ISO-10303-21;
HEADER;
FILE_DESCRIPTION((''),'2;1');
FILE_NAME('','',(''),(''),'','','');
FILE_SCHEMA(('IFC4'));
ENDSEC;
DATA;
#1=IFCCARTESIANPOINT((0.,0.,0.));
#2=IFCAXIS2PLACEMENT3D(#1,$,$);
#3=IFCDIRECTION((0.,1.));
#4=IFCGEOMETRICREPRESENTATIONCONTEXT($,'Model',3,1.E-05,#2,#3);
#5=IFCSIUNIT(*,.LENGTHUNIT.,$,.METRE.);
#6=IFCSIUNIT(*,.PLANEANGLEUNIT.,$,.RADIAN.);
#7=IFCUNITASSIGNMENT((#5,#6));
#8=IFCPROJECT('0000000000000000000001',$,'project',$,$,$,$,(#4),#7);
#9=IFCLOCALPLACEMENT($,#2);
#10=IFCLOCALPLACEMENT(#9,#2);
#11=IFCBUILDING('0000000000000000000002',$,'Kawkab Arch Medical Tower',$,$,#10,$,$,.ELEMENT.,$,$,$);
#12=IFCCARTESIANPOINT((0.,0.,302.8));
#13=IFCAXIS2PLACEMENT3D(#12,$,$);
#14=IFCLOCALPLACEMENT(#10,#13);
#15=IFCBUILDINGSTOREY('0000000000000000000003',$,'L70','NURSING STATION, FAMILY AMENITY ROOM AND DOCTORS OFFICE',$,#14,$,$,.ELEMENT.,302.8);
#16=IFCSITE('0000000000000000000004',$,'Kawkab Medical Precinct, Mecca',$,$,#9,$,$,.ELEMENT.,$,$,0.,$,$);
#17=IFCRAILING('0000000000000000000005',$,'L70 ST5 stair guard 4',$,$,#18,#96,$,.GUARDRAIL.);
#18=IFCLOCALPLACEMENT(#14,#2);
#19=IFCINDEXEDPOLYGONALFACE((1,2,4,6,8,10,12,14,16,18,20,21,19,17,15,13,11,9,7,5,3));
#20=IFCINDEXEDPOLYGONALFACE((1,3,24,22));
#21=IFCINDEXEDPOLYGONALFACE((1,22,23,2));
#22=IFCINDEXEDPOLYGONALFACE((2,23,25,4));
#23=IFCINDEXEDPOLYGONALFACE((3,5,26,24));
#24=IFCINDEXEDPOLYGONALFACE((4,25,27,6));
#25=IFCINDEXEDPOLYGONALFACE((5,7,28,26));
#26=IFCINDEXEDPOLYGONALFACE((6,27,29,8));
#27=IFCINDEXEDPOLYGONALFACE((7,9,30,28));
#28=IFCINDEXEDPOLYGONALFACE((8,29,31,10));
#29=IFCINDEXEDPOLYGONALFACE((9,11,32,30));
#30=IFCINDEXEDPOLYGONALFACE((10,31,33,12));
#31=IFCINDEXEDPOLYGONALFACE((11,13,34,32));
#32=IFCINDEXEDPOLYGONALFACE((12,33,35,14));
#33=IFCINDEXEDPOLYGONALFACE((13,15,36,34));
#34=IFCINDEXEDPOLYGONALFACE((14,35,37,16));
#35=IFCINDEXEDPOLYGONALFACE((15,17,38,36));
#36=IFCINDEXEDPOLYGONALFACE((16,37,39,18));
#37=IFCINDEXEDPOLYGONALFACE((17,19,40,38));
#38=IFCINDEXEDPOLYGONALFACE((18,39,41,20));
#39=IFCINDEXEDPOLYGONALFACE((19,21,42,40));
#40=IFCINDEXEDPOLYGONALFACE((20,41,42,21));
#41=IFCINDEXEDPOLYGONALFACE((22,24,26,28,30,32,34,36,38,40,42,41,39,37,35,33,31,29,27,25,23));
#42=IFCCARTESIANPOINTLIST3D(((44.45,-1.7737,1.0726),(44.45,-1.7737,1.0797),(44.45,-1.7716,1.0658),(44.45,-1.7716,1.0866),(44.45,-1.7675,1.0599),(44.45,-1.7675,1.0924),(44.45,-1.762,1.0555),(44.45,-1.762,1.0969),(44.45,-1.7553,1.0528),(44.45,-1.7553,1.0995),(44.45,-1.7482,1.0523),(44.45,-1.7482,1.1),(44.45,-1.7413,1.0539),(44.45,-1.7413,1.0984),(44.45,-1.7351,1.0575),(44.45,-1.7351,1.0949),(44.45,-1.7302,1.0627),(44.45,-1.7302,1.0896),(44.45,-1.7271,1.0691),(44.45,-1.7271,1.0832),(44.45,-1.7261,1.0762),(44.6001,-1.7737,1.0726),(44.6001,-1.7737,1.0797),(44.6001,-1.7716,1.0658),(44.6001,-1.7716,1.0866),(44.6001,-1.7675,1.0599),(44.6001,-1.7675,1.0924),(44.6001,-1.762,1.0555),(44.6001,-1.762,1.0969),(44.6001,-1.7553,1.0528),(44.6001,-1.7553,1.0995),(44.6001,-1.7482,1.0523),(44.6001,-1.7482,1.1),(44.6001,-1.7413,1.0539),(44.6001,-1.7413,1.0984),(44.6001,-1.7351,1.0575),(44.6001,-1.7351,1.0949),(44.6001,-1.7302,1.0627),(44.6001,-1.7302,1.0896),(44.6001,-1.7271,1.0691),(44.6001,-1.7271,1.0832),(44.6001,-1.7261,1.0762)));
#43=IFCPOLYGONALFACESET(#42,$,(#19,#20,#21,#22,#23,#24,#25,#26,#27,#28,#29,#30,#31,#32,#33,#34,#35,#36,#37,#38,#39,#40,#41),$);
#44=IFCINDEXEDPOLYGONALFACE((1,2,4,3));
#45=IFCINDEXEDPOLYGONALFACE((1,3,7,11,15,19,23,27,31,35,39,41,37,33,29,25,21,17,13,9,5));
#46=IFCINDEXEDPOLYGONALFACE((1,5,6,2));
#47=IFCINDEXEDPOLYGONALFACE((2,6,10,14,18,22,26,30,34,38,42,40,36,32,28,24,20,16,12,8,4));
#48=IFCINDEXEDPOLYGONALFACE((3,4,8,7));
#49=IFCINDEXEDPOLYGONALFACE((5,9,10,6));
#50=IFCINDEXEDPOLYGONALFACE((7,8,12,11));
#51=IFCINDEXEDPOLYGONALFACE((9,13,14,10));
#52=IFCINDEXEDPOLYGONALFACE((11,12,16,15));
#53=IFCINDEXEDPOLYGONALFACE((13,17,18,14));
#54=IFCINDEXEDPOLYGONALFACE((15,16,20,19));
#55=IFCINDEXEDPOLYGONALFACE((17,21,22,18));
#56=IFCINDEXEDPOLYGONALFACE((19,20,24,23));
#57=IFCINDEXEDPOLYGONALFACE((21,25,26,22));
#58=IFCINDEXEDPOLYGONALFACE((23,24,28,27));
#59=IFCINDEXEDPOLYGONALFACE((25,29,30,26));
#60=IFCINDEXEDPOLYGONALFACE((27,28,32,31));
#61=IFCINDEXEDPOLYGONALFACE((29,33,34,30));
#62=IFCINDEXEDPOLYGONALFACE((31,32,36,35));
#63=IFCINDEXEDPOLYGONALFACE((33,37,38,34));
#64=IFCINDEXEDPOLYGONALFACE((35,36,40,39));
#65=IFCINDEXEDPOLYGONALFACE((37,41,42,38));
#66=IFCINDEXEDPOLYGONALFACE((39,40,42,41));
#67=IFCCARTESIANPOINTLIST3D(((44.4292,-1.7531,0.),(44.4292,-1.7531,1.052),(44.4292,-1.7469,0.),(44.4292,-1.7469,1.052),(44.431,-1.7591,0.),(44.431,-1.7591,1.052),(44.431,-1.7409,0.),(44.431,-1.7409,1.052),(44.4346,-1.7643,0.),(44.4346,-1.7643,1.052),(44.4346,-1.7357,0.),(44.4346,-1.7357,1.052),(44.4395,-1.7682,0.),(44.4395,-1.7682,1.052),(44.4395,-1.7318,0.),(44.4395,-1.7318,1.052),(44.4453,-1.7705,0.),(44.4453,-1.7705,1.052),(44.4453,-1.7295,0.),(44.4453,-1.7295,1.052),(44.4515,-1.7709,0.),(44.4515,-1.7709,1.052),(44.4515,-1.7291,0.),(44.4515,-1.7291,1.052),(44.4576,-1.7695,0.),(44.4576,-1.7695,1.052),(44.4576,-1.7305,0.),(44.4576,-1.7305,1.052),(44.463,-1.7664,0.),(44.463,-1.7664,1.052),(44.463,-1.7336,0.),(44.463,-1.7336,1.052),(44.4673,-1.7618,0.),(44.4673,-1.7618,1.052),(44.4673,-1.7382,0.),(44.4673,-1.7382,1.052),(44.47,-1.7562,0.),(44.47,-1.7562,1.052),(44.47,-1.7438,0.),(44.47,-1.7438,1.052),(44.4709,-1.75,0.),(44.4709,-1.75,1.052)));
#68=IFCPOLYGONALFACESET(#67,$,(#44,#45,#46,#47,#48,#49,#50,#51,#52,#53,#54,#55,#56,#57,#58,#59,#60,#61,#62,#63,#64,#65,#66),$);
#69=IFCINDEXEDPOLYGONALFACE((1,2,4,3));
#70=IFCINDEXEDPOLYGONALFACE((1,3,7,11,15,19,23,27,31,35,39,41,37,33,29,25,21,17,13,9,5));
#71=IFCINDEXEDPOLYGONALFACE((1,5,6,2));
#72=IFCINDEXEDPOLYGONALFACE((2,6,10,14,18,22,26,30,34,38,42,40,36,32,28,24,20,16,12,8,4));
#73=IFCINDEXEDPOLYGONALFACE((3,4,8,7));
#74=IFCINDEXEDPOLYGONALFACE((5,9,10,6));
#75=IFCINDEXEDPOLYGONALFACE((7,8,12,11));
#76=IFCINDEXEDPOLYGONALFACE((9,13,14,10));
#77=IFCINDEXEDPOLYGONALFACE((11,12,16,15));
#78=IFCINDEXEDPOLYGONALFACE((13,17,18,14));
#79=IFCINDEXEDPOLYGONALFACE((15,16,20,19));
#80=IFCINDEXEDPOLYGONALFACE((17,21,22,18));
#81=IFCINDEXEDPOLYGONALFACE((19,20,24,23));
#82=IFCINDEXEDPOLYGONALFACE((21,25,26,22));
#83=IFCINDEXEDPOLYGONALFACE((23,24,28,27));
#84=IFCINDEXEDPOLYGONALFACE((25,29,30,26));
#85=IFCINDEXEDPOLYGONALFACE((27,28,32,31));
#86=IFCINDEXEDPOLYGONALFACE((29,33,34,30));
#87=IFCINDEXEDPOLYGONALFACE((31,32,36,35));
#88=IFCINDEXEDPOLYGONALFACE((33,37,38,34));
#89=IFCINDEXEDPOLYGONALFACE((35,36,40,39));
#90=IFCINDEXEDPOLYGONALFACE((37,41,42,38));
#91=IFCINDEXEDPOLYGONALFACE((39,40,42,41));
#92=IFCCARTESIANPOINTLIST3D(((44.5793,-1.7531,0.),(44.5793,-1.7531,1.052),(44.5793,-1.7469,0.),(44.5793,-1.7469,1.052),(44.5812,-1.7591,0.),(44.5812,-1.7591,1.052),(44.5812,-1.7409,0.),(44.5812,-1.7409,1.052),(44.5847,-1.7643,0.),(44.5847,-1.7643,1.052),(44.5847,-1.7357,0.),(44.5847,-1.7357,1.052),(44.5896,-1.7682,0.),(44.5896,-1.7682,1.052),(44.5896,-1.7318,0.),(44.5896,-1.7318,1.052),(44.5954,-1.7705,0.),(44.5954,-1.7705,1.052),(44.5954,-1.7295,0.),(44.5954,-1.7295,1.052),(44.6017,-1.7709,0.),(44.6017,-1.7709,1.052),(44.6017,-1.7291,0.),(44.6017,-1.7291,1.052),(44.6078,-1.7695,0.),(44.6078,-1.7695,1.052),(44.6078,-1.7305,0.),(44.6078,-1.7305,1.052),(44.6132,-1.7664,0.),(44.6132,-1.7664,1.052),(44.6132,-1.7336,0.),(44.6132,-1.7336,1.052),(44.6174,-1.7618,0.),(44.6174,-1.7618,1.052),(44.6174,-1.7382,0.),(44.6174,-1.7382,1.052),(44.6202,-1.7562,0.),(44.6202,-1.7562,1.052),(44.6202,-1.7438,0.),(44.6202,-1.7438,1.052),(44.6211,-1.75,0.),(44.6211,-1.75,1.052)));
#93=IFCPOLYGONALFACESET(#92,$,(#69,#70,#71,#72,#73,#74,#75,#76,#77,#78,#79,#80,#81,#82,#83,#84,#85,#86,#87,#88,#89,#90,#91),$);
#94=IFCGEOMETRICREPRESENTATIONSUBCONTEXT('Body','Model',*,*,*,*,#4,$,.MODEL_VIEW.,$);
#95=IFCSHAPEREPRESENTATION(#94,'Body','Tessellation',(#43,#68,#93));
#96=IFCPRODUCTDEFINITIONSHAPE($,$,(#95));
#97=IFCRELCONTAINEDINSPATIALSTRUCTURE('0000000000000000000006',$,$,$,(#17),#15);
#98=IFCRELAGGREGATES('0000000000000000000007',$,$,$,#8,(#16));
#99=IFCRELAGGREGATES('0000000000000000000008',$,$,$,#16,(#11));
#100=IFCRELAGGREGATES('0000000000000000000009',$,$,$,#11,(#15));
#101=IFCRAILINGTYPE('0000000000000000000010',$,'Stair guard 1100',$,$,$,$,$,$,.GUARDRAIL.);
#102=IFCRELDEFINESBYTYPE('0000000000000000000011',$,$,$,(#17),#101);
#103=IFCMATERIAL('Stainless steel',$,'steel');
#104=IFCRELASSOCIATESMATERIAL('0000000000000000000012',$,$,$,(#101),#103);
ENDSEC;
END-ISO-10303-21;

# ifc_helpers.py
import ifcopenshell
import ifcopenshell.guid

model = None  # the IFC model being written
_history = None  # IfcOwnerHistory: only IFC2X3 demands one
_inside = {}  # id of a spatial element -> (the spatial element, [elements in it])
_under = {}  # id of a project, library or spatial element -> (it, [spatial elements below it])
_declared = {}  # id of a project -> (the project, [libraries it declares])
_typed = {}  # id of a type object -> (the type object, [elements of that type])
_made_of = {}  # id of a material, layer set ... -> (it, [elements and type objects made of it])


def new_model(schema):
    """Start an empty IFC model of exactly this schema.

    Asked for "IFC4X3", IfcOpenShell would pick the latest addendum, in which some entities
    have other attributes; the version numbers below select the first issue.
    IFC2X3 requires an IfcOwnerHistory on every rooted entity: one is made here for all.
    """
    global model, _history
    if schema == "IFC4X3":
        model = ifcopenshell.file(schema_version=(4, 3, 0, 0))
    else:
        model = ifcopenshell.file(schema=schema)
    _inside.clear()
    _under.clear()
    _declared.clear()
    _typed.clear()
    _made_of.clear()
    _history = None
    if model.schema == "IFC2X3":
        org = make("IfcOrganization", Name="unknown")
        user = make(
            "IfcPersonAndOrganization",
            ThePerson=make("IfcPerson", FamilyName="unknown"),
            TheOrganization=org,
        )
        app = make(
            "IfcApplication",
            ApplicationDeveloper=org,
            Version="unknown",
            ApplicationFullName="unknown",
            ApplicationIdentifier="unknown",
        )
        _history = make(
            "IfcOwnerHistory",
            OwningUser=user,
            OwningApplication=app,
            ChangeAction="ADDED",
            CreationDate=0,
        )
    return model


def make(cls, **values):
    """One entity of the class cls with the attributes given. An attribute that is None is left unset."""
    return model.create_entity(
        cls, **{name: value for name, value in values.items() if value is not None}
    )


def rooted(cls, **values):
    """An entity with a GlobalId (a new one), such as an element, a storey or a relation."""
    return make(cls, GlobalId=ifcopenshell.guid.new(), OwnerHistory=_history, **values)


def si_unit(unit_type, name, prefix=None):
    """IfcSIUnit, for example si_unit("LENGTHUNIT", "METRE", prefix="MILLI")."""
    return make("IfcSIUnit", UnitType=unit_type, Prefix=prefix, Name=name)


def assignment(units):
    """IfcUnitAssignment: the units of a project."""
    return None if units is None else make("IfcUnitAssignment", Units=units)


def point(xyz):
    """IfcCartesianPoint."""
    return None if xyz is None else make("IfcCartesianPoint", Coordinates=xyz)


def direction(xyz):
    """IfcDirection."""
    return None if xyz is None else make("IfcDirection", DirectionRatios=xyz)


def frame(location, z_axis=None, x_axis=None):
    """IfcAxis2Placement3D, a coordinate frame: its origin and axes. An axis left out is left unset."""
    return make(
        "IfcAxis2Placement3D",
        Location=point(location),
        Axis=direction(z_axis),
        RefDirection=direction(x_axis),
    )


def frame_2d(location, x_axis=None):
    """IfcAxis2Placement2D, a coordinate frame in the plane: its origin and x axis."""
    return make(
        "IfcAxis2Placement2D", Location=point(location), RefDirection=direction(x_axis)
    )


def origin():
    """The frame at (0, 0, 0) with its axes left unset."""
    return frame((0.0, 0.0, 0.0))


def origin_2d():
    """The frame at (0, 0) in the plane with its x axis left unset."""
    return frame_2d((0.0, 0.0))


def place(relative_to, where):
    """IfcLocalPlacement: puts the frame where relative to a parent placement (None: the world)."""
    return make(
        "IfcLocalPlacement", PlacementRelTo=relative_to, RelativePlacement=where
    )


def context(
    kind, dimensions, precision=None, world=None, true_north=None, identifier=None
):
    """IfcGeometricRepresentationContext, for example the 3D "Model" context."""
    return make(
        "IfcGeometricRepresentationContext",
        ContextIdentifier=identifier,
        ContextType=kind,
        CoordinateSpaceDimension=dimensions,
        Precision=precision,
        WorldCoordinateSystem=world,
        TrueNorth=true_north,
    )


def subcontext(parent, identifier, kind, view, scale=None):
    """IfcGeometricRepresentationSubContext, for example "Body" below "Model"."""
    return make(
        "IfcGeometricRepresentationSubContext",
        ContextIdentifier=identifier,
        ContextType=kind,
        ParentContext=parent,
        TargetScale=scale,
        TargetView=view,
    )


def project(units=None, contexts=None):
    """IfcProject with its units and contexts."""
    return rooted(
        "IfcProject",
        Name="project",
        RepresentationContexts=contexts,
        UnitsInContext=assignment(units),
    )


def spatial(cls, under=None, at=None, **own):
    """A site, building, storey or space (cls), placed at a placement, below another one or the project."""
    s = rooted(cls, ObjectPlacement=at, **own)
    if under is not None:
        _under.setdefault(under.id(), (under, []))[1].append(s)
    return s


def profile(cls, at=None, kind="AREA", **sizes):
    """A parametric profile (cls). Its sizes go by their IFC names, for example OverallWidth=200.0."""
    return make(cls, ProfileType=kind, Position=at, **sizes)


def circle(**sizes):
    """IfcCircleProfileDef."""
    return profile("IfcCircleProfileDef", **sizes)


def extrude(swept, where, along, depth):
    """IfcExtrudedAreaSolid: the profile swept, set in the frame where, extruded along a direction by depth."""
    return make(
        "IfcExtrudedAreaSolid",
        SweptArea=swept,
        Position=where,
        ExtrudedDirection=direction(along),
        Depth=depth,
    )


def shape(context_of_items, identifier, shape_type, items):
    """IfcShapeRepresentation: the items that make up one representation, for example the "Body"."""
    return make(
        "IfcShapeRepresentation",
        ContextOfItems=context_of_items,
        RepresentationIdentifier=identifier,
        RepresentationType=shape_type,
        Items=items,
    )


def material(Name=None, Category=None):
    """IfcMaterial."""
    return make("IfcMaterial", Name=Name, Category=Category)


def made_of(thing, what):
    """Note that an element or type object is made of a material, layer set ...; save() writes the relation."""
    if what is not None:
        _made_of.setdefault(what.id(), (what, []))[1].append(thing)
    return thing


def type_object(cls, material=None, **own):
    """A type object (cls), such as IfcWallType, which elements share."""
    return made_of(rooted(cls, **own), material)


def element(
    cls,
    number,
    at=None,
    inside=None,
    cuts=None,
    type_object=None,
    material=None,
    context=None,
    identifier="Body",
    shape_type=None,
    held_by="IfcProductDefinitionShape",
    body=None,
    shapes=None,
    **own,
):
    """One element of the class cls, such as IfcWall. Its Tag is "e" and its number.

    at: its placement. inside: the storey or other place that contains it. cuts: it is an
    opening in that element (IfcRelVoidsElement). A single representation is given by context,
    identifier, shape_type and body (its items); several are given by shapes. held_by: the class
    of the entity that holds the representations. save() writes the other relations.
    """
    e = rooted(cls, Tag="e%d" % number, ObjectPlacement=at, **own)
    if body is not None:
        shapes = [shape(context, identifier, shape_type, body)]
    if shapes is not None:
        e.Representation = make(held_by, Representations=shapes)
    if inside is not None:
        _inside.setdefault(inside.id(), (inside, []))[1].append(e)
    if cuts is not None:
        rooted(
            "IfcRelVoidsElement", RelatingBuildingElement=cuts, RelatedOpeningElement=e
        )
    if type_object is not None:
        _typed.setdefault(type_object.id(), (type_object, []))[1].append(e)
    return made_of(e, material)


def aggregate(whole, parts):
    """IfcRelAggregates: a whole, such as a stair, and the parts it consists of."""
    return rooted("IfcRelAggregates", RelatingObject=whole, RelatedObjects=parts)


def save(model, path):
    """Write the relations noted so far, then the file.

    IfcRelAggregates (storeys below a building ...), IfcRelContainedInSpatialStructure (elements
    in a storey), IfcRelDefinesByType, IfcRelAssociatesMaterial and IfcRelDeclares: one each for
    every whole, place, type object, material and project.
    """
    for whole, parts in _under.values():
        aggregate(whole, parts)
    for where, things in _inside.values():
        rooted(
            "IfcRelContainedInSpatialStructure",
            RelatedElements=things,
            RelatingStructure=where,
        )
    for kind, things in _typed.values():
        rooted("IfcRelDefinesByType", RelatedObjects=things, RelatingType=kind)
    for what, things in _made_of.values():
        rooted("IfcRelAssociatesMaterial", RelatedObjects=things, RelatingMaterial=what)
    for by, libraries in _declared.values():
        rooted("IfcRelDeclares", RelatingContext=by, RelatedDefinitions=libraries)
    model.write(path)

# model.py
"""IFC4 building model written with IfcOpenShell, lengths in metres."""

from ifc_helpers import new_model, si_unit, direction, frame, origin, origin_2d, place, context, subcontext, project, spatial, circle, extrude, material, type_object, element, save


model = new_model("IFC4")

# Units and contexts
model_context = context("Model", 3, precision=1e-05, world=origin(), true_north=direction((0.0, 1.0)))
body_context = subcontext(model_context, "Body", "Model", "MODEL_VIEW")
ifc_project = project(units=[si_unit("LENGTHUNIT", "METRE"), si_unit("PLANEANGLEUNIT", "RADIAN")], contexts=[model_context])

# Site, building, storey
site_placement = place(None, origin())
site = spatial("IfcSite", under=ifc_project, at=site_placement, Name="Kawkab Medical Precinct, Mecca", CompositionType="ELEMENT", RefElevation=0.0)
building_placement = place(site_placement, origin())
building = spatial("IfcBuilding", under=site, at=building_placement, Name="Kawkab Arch Medical Tower", CompositionType="ELEMENT")
storey_placement = place(building_placement, frame((0.0, 0.0, 302.8)))
storey = spatial("IfcBuildingStorey", under=building, at=storey_placement, Name="L70", Description="NURSING STATION, FAMILY AMENITY ROOM AND DOCTORS OFFICE", CompositionType="ELEMENT", Elevation=302.8)

# Railing
ifc_material_1 = material(Name="Stainless steel", Category="steel")
railing_type = type_object("IfcRailingType", Name="Stair guard 1100", PredefinedType="GUARDRAIL", material=ifc_material_1)
railing_1_placement = place(storey_placement, frame((44.45, -1.75, 0.0)))
element("IfcRailing", 1, at=railing_1_placement, inside=storey, type_object=railing_type, Name="L70 ST5 stair guard 4", PredefinedType="GUARDRAIL", context=body_context, shape_type="SweptSolid", body=[
    extrude(circle(Radius=0.0239, at=origin_2d()), frame((0.0, 0.0, 1.0762), z_axis=(1.0, 0.0, 0.0), x_axis=(0.0, 1.0, 0.0)), (0.0, 0.0, 1.0), 0.1501),
    extrude(circle(Radius=0.021, at=origin_2d()), origin(), (0.0, 0.0, 1.0), 1.052),
    extrude(circle(Radius=0.021, at=origin_2d()), frame((0.1501, 0.0, 0.0)), (0.0, 0.0, 1.0), 1.052),
])

save(model, "model.ifc")
